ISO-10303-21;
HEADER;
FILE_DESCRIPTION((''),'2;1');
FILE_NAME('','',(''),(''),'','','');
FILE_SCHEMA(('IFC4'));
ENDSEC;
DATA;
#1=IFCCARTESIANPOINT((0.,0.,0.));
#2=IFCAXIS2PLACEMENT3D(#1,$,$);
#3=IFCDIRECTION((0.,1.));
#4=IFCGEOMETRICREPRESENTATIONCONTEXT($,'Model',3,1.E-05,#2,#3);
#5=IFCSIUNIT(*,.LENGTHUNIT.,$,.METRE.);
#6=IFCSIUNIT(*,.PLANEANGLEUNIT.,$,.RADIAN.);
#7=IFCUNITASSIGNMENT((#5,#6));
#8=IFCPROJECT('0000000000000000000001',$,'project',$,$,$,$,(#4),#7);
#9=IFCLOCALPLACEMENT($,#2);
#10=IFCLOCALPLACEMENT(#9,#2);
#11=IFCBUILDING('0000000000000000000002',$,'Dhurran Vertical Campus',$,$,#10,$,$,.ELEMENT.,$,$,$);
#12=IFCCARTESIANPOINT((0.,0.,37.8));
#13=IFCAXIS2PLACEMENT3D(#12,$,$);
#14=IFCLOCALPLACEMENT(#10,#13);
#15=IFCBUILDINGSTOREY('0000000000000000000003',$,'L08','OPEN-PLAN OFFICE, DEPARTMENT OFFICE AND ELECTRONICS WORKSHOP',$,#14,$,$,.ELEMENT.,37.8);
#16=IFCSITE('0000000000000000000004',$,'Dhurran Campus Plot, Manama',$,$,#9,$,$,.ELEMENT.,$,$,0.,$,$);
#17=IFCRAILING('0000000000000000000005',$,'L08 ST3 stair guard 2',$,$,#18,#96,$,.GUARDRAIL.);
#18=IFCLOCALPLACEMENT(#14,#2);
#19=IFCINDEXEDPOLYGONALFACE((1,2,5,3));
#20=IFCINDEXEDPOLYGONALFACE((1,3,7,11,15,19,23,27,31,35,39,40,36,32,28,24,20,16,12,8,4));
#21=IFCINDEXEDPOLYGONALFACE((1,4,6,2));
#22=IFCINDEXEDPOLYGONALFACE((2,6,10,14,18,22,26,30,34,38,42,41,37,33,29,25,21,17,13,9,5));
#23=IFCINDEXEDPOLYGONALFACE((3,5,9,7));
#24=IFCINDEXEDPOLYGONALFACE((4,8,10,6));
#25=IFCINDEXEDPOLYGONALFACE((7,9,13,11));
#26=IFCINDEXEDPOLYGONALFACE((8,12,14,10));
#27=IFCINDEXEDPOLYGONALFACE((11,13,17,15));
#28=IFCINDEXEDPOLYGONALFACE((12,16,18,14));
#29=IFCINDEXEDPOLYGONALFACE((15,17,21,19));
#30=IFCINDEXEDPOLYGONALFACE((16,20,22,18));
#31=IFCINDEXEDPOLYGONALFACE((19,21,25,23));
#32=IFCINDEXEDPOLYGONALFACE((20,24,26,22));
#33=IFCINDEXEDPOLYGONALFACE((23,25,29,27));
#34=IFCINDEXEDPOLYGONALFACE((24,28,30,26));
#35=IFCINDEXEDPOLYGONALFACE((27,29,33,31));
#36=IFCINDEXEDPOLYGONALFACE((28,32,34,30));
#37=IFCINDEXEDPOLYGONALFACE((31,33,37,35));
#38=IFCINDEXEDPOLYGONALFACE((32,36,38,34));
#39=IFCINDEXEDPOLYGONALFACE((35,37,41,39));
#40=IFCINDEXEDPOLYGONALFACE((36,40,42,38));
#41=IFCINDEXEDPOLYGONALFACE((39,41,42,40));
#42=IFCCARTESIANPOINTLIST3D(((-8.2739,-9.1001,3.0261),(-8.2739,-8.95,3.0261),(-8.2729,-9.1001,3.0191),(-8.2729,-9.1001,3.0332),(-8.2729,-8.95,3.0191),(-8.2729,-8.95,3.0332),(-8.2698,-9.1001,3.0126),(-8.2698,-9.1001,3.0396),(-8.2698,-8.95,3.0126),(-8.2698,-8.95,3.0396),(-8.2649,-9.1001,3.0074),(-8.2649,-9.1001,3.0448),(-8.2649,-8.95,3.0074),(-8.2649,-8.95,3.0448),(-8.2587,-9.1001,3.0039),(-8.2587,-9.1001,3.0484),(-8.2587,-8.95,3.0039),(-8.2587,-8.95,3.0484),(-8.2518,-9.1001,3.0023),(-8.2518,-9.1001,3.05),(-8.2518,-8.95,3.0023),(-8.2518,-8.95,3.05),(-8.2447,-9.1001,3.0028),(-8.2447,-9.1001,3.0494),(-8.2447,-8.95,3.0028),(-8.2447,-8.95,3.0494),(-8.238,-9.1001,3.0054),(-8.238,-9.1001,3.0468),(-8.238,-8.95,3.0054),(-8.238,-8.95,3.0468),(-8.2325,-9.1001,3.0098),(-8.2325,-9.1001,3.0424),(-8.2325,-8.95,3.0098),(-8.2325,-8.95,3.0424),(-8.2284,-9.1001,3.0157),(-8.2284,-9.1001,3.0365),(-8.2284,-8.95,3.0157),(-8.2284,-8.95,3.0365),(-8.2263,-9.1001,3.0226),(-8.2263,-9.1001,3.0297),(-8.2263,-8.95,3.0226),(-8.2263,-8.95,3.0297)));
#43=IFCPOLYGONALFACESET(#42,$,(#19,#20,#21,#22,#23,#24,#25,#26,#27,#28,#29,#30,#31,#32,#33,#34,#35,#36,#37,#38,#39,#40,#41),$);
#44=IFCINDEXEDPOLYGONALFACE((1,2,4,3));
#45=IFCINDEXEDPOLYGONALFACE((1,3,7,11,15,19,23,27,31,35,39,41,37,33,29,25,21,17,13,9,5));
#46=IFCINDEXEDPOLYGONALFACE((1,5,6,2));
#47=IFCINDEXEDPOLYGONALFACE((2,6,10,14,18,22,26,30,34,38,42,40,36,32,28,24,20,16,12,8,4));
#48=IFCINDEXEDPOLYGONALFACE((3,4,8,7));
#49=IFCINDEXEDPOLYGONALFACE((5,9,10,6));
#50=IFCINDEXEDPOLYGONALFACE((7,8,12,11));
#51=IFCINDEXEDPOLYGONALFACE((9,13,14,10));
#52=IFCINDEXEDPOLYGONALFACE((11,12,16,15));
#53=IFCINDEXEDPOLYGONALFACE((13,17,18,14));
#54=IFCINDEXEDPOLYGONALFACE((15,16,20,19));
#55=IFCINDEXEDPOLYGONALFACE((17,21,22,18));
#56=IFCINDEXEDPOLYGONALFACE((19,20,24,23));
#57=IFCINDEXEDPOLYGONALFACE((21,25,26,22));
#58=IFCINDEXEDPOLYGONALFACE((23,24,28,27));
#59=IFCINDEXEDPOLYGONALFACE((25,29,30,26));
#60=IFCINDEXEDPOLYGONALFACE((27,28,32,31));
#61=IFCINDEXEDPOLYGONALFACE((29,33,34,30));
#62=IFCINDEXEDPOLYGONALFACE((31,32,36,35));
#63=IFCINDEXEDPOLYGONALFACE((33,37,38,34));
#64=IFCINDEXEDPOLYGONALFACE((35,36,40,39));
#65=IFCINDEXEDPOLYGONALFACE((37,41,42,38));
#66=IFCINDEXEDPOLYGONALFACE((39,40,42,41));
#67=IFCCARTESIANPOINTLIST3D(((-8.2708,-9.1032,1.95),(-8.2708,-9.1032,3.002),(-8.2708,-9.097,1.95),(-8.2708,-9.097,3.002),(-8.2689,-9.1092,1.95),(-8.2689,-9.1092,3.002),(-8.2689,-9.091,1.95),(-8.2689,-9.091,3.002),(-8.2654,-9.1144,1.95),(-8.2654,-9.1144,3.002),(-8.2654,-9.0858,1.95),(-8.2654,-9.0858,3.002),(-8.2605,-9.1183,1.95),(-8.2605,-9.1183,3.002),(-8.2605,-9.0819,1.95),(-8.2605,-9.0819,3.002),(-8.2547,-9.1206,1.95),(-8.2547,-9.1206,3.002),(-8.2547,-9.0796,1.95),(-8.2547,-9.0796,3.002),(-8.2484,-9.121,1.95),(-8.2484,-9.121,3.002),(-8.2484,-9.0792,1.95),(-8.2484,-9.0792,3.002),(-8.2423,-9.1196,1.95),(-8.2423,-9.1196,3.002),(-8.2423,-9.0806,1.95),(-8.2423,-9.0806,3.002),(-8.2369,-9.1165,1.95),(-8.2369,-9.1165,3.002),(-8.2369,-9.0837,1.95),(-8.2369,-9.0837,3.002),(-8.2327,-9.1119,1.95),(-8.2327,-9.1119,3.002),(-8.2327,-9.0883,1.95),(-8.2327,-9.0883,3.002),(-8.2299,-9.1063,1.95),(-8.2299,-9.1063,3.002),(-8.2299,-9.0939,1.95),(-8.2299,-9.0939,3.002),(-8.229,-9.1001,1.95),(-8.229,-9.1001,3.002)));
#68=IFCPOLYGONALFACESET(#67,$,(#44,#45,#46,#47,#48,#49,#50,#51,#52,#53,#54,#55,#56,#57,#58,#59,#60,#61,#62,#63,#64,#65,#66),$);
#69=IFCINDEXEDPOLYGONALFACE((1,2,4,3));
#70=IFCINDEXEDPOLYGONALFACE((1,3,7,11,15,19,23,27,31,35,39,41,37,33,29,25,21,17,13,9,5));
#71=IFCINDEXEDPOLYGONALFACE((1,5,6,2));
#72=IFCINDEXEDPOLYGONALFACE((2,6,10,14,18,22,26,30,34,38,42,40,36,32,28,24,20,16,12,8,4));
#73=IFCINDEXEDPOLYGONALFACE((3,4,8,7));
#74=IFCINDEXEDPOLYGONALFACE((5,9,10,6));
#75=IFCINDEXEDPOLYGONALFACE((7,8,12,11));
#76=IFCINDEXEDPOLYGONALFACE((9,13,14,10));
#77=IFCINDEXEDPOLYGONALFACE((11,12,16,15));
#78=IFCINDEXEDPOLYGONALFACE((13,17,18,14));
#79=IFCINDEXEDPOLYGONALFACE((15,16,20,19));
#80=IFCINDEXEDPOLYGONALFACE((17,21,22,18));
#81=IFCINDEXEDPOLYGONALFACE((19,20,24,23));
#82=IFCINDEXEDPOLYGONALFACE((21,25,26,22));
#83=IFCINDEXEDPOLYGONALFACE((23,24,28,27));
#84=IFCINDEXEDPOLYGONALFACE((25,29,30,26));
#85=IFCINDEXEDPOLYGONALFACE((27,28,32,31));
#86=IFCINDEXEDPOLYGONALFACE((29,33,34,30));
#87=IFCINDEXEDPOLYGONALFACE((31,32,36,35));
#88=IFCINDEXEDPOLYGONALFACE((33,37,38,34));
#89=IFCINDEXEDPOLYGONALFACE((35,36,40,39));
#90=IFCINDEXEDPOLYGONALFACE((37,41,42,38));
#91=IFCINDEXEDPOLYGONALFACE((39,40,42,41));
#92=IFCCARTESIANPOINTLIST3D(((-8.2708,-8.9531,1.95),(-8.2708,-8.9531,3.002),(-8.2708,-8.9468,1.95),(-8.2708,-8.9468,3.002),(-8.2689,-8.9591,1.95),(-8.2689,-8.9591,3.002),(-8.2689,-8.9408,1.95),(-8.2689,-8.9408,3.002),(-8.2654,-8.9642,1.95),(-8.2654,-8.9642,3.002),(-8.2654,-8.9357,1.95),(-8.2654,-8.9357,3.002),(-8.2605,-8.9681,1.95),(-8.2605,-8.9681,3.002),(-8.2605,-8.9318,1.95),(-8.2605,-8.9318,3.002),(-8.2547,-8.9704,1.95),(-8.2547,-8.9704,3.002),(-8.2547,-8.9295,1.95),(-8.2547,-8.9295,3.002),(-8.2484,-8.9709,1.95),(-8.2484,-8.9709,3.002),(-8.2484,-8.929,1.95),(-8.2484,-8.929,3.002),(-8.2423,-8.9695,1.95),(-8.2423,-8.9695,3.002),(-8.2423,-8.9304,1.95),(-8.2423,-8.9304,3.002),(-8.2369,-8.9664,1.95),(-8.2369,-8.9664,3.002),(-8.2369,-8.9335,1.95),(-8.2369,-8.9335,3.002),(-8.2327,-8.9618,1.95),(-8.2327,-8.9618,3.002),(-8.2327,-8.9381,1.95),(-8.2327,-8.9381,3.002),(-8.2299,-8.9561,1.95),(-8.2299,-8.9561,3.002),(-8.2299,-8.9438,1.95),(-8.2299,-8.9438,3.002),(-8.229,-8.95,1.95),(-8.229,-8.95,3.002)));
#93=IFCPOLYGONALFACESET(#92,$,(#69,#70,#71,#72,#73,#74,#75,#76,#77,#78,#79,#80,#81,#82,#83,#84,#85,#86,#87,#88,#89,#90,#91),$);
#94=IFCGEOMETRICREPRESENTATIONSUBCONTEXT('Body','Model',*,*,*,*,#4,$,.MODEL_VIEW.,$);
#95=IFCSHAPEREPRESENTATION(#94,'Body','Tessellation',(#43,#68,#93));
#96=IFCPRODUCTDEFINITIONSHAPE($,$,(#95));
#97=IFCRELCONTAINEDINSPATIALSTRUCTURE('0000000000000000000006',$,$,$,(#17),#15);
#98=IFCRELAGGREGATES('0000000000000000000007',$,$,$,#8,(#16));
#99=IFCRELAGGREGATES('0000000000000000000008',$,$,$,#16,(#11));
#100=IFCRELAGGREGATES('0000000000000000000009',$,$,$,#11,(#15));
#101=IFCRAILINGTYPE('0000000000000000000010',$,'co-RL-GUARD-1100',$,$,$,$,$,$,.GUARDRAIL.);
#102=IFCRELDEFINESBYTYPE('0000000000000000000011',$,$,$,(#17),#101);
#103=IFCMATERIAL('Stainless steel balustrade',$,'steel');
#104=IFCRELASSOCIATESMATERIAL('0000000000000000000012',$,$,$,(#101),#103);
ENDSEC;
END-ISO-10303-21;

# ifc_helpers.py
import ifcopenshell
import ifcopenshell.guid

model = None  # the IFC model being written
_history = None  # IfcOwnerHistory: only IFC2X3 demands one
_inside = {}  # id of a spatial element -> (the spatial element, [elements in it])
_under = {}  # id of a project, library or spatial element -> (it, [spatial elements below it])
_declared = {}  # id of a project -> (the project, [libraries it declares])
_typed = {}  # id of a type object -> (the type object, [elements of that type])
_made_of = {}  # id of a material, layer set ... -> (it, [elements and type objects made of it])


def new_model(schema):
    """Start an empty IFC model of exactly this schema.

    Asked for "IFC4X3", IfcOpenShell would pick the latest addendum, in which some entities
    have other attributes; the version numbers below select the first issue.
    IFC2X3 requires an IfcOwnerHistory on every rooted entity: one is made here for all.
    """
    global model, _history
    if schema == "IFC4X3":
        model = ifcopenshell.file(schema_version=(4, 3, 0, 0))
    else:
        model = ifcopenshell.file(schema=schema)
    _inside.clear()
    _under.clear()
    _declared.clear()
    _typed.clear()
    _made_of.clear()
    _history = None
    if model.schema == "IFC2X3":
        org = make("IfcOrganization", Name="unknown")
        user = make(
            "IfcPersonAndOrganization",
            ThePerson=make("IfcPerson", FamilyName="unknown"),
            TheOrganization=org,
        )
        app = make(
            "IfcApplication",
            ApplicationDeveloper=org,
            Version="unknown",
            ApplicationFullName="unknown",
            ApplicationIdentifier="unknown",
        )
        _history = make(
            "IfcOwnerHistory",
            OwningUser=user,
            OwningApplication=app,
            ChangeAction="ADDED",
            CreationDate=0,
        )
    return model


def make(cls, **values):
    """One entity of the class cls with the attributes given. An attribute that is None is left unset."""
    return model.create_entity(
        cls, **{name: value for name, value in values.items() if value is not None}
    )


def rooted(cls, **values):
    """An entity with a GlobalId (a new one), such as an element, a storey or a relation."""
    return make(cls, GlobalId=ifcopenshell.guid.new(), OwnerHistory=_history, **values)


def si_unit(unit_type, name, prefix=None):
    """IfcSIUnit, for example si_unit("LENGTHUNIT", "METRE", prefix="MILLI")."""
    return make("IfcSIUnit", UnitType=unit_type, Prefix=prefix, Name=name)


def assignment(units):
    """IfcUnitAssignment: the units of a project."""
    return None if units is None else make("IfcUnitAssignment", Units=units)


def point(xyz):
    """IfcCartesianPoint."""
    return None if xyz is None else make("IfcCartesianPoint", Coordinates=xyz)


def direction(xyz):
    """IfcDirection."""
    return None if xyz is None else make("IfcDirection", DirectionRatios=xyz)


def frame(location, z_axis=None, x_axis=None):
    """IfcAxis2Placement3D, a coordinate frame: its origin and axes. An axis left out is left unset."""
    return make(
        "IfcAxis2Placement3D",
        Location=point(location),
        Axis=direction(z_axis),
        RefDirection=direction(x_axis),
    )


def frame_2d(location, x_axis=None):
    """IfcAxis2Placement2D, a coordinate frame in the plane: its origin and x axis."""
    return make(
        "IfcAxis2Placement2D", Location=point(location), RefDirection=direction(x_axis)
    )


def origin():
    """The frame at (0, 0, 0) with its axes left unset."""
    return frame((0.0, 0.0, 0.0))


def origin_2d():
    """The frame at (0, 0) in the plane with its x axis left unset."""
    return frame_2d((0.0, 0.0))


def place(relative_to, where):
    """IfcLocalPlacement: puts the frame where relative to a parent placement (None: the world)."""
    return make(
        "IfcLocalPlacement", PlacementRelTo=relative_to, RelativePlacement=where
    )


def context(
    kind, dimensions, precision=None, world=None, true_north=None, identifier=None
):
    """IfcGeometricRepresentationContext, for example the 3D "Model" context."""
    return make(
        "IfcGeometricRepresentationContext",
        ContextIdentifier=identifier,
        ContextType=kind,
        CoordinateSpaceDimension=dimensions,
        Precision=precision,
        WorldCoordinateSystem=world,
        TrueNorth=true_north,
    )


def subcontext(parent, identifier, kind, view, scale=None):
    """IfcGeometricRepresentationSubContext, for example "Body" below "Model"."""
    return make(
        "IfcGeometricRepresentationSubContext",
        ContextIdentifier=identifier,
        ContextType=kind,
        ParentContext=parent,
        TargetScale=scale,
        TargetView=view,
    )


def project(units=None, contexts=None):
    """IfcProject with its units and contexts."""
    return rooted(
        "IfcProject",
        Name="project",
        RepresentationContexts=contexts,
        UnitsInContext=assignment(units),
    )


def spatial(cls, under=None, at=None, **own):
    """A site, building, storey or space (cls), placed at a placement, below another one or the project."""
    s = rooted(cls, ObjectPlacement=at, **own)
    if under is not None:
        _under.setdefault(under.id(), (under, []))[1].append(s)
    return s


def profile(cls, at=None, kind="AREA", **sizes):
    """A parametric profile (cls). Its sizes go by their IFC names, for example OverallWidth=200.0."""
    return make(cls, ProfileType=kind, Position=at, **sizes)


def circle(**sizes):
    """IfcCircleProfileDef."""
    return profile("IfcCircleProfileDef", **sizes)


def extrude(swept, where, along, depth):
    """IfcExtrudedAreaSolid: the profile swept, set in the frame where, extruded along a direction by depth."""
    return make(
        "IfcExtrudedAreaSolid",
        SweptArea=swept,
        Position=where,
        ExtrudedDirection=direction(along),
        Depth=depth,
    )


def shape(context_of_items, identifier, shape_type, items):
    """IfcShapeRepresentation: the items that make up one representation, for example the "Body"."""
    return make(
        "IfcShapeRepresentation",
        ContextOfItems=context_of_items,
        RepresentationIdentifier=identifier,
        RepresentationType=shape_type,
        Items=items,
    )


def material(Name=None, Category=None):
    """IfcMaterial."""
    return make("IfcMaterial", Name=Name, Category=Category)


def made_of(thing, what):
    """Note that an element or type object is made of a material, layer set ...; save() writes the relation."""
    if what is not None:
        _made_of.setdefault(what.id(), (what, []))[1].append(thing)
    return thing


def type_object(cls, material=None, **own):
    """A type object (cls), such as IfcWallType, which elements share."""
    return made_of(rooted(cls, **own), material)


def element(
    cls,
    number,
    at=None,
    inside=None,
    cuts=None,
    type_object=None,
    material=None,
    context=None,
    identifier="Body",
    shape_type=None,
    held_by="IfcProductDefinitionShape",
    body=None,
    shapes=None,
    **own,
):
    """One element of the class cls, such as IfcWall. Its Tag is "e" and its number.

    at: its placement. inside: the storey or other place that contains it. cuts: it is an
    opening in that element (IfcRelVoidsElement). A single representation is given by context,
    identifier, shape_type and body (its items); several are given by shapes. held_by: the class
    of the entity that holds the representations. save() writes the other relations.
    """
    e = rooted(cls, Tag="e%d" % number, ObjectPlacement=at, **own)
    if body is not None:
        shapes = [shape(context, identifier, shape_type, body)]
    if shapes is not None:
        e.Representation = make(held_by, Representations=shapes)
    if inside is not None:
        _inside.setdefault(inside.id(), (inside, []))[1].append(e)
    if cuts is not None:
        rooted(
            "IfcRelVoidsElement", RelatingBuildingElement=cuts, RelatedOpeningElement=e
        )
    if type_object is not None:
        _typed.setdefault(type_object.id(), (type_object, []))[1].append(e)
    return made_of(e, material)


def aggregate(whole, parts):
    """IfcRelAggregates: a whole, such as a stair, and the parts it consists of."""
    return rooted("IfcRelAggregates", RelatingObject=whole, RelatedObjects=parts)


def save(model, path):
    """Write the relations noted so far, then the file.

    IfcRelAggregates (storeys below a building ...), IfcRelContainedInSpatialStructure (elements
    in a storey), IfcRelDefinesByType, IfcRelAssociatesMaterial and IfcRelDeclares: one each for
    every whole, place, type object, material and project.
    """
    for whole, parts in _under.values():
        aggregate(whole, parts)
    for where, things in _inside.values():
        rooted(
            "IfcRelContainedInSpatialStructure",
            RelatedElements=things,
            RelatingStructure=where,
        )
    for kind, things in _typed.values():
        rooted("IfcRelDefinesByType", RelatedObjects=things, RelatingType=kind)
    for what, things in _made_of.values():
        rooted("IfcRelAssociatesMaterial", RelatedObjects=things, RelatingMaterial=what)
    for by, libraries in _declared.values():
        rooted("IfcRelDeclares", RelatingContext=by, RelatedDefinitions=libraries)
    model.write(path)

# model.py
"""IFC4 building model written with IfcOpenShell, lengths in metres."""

from ifc_helpers import new_model, si_unit, direction, frame, origin, origin_2d, place, context, subcontext, project, spatial, circle, extrude, material, type_object, element, save


model = new_model("IFC4")

# Units and contexts
model_context = context("Model", 3, precision=1e-05, world=origin(), true_north=direction((0.0, 1.0)))
body_context = subcontext(model_context, "Body", "Model", "MODEL_VIEW")
ifc_project = project(units=[si_unit("LENGTHUNIT", "METRE"), si_unit("PLANEANGLEUNIT", "RADIAN")], contexts=[model_context])

# Site, building, storey
site_placement = place(None, origin())
site = spatial("IfcSite", under=ifc_project, at=site_placement, Name="Dhurran Campus Plot, Manama", CompositionType="ELEMENT", RefElevation=0.0)
building_placement = place(site_placement, origin())
building = spatial("IfcBuilding", under=site, at=building_placement, Name="Dhurran Vertical Campus", CompositionType="ELEMENT")
storey_placement = place(building_placement, frame((0.0, 0.0, 37.8)))
storey = spatial("IfcBuildingStorey", under=building, at=storey_placement, Name="L08", Description="OPEN-PLAN OFFICE, DEPARTMENT OFFICE AND ELECTRONICS WORKSHOP", CompositionType="ELEMENT", Elevation=37.8)

# Railing
ifc_material_1 = material(Name="Stainless steel balustrade", Category="steel")
railing_type_1 = type_object("IfcRailingType", Name="co-RL-GUARD-1100", PredefinedType="GUARDRAIL", material=ifc_material_1)
railing_1_placement = place(storey_placement, frame((-8.25, -9.1001, 1.95)))
element("IfcRailing", 1, at=railing_1_placement, inside=storey, type_object=railing_type_1, Name="L08 ST3 stair guard 2", PredefinedType="GUARDRAIL", context=body_context, shape_type="SweptSolid", body=[
    extrude(circle(Radius=0.0239, at=origin_2d()), frame((0.0, 0.0, 1.0762), z_axis=(0.0, 1.0, 0.0), x_axis=(-1.0, 0.0, 0.0)), (0.0, 0.0, 1.0), 0.1501),
    extrude(circle(Radius=0.021, at=origin_2d()), origin(), (0.0, 0.0, 1.0), 1.052),
    extrude(circle(Radius=0.021, at=origin_2d()), frame((0.0, 0.1501, 0.0)), (0.0, 0.0, 1.0), 1.052),
])

save(model, "model.ifc")
